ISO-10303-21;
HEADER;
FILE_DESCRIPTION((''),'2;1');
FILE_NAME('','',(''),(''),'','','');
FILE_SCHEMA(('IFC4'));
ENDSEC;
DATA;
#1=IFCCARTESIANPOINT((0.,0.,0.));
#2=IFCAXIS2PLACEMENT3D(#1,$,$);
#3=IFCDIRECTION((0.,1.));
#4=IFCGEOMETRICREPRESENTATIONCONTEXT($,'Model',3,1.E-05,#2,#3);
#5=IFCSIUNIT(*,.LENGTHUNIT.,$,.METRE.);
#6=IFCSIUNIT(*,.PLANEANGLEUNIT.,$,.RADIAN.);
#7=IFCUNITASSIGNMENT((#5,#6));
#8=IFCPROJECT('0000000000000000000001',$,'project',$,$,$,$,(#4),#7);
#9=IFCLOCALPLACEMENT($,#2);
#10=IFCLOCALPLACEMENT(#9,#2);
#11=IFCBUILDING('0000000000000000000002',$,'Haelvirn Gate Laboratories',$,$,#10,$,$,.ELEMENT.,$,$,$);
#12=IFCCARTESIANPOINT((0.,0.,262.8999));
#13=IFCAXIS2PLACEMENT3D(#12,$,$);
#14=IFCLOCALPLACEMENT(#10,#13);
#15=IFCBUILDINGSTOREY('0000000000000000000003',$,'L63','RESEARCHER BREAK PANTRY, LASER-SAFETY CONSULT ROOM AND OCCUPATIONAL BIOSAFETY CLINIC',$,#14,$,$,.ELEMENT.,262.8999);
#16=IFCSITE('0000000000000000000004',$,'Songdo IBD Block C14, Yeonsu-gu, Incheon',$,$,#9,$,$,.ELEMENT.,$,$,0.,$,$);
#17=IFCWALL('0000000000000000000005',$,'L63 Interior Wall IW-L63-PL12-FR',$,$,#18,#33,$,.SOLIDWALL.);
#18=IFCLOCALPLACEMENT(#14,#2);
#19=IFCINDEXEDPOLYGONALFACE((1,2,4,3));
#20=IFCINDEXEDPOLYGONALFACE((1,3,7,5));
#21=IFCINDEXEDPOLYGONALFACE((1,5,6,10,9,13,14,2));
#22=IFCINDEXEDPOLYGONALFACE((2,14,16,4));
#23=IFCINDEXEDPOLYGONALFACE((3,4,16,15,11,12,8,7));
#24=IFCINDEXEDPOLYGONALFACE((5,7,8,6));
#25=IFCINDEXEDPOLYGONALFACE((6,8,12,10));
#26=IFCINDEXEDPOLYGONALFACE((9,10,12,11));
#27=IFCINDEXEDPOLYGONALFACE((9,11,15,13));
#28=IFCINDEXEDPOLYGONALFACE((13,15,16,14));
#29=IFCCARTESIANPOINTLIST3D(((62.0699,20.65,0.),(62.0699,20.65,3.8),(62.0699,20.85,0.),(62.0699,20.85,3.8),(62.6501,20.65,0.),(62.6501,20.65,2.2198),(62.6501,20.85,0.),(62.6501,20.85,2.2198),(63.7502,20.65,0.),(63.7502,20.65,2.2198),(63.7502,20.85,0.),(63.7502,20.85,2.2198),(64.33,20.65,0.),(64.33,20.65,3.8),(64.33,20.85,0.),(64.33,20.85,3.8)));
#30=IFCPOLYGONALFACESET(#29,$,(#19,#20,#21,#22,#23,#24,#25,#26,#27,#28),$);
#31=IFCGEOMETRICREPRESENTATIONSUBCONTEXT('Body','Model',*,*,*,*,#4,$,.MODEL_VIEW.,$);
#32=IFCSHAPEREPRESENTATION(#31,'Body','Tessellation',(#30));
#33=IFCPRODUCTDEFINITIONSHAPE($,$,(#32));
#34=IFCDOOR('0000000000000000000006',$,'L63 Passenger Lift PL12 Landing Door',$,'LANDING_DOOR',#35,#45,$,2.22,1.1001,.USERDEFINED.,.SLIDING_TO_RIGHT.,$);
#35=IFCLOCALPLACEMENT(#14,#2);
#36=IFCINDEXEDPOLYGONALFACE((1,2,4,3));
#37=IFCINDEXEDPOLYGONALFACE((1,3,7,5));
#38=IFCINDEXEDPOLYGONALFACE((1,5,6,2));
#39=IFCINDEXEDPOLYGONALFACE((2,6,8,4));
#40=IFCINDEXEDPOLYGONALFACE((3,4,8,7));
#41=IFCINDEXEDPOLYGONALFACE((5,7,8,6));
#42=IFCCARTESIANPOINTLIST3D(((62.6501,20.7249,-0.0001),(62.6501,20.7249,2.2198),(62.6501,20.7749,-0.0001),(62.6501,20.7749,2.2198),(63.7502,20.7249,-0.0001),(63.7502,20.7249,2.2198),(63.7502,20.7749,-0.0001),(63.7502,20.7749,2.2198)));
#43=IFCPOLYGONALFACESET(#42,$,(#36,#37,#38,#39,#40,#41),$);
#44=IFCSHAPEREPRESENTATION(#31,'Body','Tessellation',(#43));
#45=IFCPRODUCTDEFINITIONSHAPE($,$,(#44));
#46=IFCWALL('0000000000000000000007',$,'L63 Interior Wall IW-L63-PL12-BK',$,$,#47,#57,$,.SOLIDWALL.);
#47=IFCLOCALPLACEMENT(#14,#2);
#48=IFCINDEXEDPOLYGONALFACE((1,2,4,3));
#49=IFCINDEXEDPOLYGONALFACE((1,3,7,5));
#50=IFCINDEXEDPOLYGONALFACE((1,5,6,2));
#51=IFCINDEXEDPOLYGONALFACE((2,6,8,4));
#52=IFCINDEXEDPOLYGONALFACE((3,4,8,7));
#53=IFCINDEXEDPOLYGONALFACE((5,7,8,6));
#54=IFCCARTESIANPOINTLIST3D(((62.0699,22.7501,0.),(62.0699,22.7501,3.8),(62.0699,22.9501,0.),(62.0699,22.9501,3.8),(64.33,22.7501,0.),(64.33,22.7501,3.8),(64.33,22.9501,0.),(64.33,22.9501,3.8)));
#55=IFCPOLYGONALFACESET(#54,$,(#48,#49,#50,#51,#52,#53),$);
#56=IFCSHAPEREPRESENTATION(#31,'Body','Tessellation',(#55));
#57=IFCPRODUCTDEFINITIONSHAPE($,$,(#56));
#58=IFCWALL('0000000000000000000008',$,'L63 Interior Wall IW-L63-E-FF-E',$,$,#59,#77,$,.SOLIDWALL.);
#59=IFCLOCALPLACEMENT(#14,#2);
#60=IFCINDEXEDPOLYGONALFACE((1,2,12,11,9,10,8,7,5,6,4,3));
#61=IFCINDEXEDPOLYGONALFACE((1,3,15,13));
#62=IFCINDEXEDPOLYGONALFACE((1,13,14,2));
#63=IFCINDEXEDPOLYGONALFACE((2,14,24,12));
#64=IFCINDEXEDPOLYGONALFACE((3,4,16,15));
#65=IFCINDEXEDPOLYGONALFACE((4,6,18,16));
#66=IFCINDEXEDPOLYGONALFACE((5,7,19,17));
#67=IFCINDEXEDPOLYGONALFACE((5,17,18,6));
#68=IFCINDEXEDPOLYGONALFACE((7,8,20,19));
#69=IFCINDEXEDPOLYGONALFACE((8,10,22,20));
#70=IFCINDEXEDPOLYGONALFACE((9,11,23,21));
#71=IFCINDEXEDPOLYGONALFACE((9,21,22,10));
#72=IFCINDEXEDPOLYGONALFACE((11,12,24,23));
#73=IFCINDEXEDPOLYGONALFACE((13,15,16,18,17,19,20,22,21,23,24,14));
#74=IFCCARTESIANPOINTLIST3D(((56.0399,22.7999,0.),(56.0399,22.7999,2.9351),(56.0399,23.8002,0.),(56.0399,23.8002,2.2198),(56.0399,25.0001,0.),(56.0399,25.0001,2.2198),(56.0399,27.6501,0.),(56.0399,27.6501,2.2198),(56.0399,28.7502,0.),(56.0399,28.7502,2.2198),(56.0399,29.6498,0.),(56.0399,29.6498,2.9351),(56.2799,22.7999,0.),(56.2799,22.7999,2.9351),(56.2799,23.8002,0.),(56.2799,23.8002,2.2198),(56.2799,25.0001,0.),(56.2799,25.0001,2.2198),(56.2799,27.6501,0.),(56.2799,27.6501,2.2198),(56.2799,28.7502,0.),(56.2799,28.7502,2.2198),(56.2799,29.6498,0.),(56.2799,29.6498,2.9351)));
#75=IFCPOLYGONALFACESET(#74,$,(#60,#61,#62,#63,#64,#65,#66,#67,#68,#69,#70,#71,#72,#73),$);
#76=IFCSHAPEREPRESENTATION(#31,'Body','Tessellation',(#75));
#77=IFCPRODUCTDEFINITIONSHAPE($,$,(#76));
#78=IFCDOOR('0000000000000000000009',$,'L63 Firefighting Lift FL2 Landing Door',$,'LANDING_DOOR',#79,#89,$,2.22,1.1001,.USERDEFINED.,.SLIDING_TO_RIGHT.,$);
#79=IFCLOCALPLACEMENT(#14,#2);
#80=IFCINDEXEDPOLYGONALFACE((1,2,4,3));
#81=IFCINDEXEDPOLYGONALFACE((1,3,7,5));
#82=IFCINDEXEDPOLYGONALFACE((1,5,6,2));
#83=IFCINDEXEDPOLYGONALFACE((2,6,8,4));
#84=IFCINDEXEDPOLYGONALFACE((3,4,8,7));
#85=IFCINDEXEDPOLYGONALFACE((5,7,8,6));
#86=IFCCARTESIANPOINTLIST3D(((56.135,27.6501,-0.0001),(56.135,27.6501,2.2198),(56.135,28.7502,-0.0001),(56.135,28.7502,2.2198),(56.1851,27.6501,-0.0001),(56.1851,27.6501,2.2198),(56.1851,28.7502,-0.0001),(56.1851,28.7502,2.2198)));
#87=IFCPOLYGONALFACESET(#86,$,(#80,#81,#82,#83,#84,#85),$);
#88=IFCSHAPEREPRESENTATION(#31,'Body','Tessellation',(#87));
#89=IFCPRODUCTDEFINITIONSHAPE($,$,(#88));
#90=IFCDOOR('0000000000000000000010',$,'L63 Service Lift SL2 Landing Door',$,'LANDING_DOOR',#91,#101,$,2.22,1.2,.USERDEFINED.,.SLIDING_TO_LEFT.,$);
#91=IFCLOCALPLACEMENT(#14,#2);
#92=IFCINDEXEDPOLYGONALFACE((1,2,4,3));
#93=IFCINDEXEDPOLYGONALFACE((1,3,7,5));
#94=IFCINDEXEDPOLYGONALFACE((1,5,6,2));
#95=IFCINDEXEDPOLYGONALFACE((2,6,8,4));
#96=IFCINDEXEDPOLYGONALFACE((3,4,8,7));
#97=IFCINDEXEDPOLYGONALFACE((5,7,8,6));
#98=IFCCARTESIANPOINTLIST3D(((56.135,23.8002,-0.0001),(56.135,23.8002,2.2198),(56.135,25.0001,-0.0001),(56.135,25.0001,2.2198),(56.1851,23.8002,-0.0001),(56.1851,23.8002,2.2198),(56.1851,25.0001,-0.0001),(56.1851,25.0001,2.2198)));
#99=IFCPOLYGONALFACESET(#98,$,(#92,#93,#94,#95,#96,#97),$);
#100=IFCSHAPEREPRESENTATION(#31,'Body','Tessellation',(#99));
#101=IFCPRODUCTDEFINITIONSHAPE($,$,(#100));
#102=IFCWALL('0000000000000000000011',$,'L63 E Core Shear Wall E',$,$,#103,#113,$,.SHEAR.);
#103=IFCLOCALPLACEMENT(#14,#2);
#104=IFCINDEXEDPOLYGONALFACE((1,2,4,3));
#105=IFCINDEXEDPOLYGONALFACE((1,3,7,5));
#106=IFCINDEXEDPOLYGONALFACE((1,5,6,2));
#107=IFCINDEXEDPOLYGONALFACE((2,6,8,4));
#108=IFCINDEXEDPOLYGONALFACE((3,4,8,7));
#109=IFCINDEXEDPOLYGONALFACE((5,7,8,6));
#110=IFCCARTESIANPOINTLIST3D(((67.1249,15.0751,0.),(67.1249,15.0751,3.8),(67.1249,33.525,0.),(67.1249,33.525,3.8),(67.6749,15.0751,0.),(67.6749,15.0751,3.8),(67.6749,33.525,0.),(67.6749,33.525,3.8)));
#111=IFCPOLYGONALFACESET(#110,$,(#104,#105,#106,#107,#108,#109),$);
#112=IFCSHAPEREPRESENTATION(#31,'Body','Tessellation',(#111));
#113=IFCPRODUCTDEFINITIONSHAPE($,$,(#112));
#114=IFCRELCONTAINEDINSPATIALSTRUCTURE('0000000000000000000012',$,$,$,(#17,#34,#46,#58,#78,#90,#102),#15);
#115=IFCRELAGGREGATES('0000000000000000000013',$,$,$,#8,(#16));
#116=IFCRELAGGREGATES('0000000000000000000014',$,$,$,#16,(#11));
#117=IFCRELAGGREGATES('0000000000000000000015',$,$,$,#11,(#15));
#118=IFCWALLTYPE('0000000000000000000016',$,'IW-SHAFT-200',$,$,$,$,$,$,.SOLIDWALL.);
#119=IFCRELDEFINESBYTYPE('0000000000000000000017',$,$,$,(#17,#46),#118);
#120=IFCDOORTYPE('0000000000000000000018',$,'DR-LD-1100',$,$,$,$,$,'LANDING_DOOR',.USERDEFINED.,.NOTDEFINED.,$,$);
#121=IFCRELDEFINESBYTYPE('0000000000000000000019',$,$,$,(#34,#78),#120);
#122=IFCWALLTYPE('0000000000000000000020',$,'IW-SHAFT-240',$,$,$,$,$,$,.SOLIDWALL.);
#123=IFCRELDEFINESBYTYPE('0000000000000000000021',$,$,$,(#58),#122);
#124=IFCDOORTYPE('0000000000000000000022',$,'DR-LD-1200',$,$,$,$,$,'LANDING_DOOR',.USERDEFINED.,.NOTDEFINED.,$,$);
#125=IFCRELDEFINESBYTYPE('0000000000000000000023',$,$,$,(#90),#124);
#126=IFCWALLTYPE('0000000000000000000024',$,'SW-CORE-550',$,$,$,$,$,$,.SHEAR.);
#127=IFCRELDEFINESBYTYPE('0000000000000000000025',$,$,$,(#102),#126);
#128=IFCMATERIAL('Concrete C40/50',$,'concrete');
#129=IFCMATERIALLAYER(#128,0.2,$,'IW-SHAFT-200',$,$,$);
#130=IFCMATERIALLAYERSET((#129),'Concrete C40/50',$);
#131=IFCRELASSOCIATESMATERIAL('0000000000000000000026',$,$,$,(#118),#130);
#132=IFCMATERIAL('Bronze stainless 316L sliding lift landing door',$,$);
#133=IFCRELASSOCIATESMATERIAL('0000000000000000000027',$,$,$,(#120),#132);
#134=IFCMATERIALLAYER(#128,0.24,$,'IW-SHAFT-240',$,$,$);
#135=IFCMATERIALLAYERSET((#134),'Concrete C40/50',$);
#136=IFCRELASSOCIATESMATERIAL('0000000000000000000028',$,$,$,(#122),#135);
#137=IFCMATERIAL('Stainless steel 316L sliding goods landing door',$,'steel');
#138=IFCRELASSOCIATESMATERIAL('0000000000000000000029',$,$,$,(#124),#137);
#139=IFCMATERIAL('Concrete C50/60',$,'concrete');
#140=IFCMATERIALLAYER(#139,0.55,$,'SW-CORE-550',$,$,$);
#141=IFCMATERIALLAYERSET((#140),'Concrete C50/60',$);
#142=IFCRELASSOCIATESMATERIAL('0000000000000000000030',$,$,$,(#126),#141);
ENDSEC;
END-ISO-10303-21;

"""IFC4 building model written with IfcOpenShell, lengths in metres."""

from ifc_helpers import new_model, si_unit, direction, frame, frame_2d, origin, place, context, subcontext, project, spatial, rectangle, extrude, source, transform, mapped, material, layer, layer_set, type_object, type_shapes, element, fill, save


model = new_model("IFC4")

# Units and contexts
model_context = context("Model", 3, precision=1e-05, world=origin(), true_north=direction((0.0, 1.0)))
body_context = subcontext(model_context, "Body", "Model", "MODEL_VIEW")
ifc_project = project(units=[si_unit("LENGTHUNIT", "METRE"), si_unit("PLANEANGLEUNIT", "RADIAN")], contexts=[model_context])

# Site, building, storey
site_placement = place(None, origin())
site = spatial("IfcSite", under=ifc_project, at=site_placement, Name="Songdo IBD Block C14, Yeonsu-gu, Incheon", CompositionType="ELEMENT", RefElevation=0.0)
building_placement = place(site_placement, origin())
building = spatial("IfcBuilding", under=site, at=building_placement, Name="Haelvirn Gate Laboratories", CompositionType="ELEMENT")
storey_placement = place(building_placement, frame((0.0, 0.0, 262.8999)))
storey = spatial("IfcBuildingStorey", under=building, at=storey_placement, Name="L63", Description="RESEARCHER BREAK PANTRY, LASER-SAFETY CONSULT ROOM AND OCCUPATIONAL BIOSAFETY CLINIC", CompositionType="ELEMENT", Elevation=262.8999)

# Shared definitions
ifc_material_1 = material(Name="Concrete C50/60", Category="concrete")

# Shared definitions
ifc_material_2 = material(Name="Concrete C40/50", Category="concrete")

# Shared definitions
ifc_layer_1 = layer(ifc_material_2, 0.2, Name="IW-SHAFT-200")
ifc_layer_set_1 = layer_set([ifc_layer_1], Name="Concrete C40/50")
wall_type_1 = type_object("IfcWallType", Name="IW-SHAFT-200", PredefinedType="SOLIDWALL", material=ifc_layer_set_1)
ifc_material_3 = material(Name="Bronze stainless 316L sliding lift landing door")
door_type_1 = type_object("IfcDoorType", Name="DR-LD-1100", ElementType="LANDING_DOOR", OperationType="NOTDEFINED", PredefinedType="USERDEFINED", material=ifc_material_3)
shared_shape_1 = source(origin(), body_context, "Body", "SweptSolid", [
    extrude(rectangle(XDim=1.1001, YDim=2.22, at=frame_2d((0.55, 1.1099))), frame((0.0, 0.0249, 0.0), z_axis=(0.0, -1.0, 0.0), x_axis=(1.0, 0.0, 0.0)), (0.0, 0.0, 1.0), 0.05),
])
type_shapes(door_type_1, [shared_shape_1])

# Wall, opening, door
wall_1_placement = place(storey_placement, frame((62.0701, 20.75, 0.0), z_axis=(0.0, 0.0, 1.0), x_axis=(1.0, 0.0, 0.0)))
wall_1 = element("IfcWall", 1, at=wall_1_placement, inside=storey, type_object=wall_type_1, Name="L63 Interior Wall IW-L63-PL12-FR", PredefinedType="SOLIDWALL", context=body_context, shape_type="SweptSolid", body=[
    extrude(rectangle(XDim=2.26, YDim=0.2, at=frame_2d((1.1299, 0.0))), origin(), (0.0, 0.0, 1.0), 3.8),
])
opening_1_placement = place(wall_1_placement, frame((0.5801, 0.0, 0.0)))
opening_1 = element("IfcOpeningElement", 2, at=opening_1_placement, cuts=wall_1, PredefinedType="OPENING", context=body_context, shape_type="SweptSolid", body=[
    extrude(rectangle(XDim=1.1001, YDim=2.22, at=frame_2d((0.55, 1.1099))), frame((0.0, 0.1099, 0.0), z_axis=(0.0, -1.0, 0.0), x_axis=(1.0, 0.0, 0.0)), (0.0, 0.0, 1.0), 0.22),
])
door_1_placement = place(opening_1_placement, origin())
door_1 = element("IfcDoor", 3, at=door_1_placement, inside=storey, type_object=door_type_1, Name="L63 Passenger Lift PL12 Landing Door", ObjectType="LANDING_DOOR", OperationType="SLIDING_TO_RIGHT", OverallHeight=2.22, OverallWidth=1.1001, PredefinedType="USERDEFINED", context=body_context, shape_type="MappedRepresentation", body=[
    mapped(shared_shape_1, transform((0.0, 0.0, 0.0), scale=1.0)),
])
fill(opening_1, door_1)

# Wall
wall_2_placement = place(storey_placement, frame((62.0701, 22.8501, 0.0), z_axis=(0.0, 0.0, 1.0), x_axis=(1.0, 0.0, 0.0)))
element("IfcWall", 4, at=wall_2_placement, inside=storey, type_object=wall_type_1, Name="L63 Interior Wall IW-L63-PL12-BK", PredefinedType="SOLIDWALL", context=body_context, shape_type="SweptSolid", body=[
    extrude(rectangle(XDim=2.26, YDim=0.2, at=frame_2d((1.1299, 0.0))), origin(), (0.0, 0.0, 1.0), 3.8),
])

# Wall, openings, doors
ifc_layer_2 = layer(ifc_material_2, 0.24, Name="IW-SHAFT-240")
ifc_layer_set_2 = layer_set([ifc_layer_2], Name="Concrete C40/50")
wall_type_2 = type_object("IfcWallType", Name="IW-SHAFT-240", PredefinedType="SOLIDWALL", material=ifc_layer_set_2)
wall_3_placement = place(storey_placement, frame((56.1599, 22.8, 0.0), z_axis=(0.0, 0.0, 1.0), x_axis=(0.0, 1.0, 0.0)))
wall_3 = element("IfcWall", 5, at=wall_3_placement, inside=storey, type_object=wall_type_2, Name="L63 Interior Wall IW-L63-E-FF-E", PredefinedType="SOLIDWALL", context=body_context, shape_type="SweptSolid", body=[
    extrude(rectangle(XDim=6.8499, YDim=0.24, at=frame_2d((3.4248, 0.0))), origin(), (0.0, 0.0, 1.0), 2.9351),
])
opening_2_placement = place(wall_3_placement, frame((4.8501, 0.0, 0.0)))
opening_2 = element("IfcOpeningElement", 6, at=opening_2_placement, cuts=wall_3, PredefinedType="OPENING", context=body_context, shape_type="SweptSolid", body=[
    extrude(rectangle(XDim=1.1001, YDim=2.22, at=frame_2d((0.55, 1.1099))), frame((0.0, 0.1299, 0.0), z_axis=(0.0, -1.0, 0.0), x_axis=(1.0, 0.0, 0.0)), (0.0, 0.0, 1.0), 0.26),
])
opening_3_placement = place(wall_3_placement, frame((1.0, 0.0, 0.0)))
opening_3 = element("IfcOpeningElement", 7, at=opening_3_placement, cuts=wall_3, PredefinedType="OPENING", context=body_context, shape_type="SweptSolid", body=[
    extrude(rectangle(XDim=1.2, YDim=2.22, at=frame_2d((0.6001, 1.1099))), frame((0.0, 0.1299, 0.0), z_axis=(0.0, -1.0, 0.0), x_axis=(1.0, 0.0, 0.0)), (0.0, 0.0, 1.0), 0.26),
])
door_2_placement = place(opening_2_placement, origin())
door_2 = element("IfcDoor", 8, at=door_2_placement, inside=storey, type_object=door_type_1, Name="L63 Firefighting Lift FL2 Landing Door", ObjectType="LANDING_DOOR", OperationType="SLIDING_TO_RIGHT", OverallHeight=2.22, OverallWidth=1.1001, PredefinedType="USERDEFINED", context=body_context, shape_type="MappedRepresentation", body=[
    mapped(shared_shape_1, transform((0.0, 0.0, 0.0), scale=1.0)),
])
fill(opening_2, door_2)
ifc_material_4 = material(Name="Stainless steel 316L sliding goods landing door", Category="steel")
door_type_2 = type_object("IfcDoorType", Name="DR-LD-1200", ElementType="LANDING_DOOR", OperationType="NOTDEFINED", PredefinedType="USERDEFINED", material=ifc_material_4)
shared_shape_2 = source(origin(), body_context, "Body", "SweptSolid", [
    extrude(rectangle(XDim=1.2, YDim=2.22, at=frame_2d((0.6001, 1.1099))), frame((0.0, 0.0249, 0.0), z_axis=(0.0, -1.0, 0.0), x_axis=(1.0, 0.0, 0.0)), (0.0, 0.0, 1.0), 0.05),
])
type_shapes(door_type_2, [shared_shape_2])
door_3_placement = place(opening_3_placement, origin())
door_3 = element("IfcDoor", 9, at=door_3_placement, inside=storey, type_object=door_type_2, Name="L63 Service Lift SL2 Landing Door", ObjectType="LANDING_DOOR", OperationType="SLIDING_TO_LEFT", OverallHeight=2.22, OverallWidth=1.2, PredefinedType="USERDEFINED", context=body_context, shape_type="MappedRepresentation", body=[
    mapped(shared_shape_2, transform((0.0, 0.0, 0.0), scale=1.0)),
])
fill(opening_3, door_3)

# Wall
ifc_layer_3 = layer(ifc_material_1, 0.55, Name="SW-CORE-550")
ifc_layer_set_3 = layer_set([ifc_layer_3], Name="Concrete C50/60")
wall_type_3 = type_object("IfcWallType", Name="SW-CORE-550", PredefinedType="SHEAR", material=ifc_layer_set_3)
wall_4_placement = place(storey_placement, frame((67.3999, 15.075, 0.0), z_axis=(0.0, 0.0, 1.0), x_axis=(0.0, 1.0, 0.0)))
element("IfcWall", 10, at=wall_4_placement, inside=storey, type_object=wall_type_3, Name="L63 E Core Shear Wall E", PredefinedType="SHEAR", context=body_context, shape_type="SweptSolid", body=[
    extrude(rectangle(XDim=18.45, YDim=0.55, at=frame_2d((9.2251, 0.0))), origin(), (0.0, 0.0, 1.0), 3.8),
])

save(model, "model.ifc")
